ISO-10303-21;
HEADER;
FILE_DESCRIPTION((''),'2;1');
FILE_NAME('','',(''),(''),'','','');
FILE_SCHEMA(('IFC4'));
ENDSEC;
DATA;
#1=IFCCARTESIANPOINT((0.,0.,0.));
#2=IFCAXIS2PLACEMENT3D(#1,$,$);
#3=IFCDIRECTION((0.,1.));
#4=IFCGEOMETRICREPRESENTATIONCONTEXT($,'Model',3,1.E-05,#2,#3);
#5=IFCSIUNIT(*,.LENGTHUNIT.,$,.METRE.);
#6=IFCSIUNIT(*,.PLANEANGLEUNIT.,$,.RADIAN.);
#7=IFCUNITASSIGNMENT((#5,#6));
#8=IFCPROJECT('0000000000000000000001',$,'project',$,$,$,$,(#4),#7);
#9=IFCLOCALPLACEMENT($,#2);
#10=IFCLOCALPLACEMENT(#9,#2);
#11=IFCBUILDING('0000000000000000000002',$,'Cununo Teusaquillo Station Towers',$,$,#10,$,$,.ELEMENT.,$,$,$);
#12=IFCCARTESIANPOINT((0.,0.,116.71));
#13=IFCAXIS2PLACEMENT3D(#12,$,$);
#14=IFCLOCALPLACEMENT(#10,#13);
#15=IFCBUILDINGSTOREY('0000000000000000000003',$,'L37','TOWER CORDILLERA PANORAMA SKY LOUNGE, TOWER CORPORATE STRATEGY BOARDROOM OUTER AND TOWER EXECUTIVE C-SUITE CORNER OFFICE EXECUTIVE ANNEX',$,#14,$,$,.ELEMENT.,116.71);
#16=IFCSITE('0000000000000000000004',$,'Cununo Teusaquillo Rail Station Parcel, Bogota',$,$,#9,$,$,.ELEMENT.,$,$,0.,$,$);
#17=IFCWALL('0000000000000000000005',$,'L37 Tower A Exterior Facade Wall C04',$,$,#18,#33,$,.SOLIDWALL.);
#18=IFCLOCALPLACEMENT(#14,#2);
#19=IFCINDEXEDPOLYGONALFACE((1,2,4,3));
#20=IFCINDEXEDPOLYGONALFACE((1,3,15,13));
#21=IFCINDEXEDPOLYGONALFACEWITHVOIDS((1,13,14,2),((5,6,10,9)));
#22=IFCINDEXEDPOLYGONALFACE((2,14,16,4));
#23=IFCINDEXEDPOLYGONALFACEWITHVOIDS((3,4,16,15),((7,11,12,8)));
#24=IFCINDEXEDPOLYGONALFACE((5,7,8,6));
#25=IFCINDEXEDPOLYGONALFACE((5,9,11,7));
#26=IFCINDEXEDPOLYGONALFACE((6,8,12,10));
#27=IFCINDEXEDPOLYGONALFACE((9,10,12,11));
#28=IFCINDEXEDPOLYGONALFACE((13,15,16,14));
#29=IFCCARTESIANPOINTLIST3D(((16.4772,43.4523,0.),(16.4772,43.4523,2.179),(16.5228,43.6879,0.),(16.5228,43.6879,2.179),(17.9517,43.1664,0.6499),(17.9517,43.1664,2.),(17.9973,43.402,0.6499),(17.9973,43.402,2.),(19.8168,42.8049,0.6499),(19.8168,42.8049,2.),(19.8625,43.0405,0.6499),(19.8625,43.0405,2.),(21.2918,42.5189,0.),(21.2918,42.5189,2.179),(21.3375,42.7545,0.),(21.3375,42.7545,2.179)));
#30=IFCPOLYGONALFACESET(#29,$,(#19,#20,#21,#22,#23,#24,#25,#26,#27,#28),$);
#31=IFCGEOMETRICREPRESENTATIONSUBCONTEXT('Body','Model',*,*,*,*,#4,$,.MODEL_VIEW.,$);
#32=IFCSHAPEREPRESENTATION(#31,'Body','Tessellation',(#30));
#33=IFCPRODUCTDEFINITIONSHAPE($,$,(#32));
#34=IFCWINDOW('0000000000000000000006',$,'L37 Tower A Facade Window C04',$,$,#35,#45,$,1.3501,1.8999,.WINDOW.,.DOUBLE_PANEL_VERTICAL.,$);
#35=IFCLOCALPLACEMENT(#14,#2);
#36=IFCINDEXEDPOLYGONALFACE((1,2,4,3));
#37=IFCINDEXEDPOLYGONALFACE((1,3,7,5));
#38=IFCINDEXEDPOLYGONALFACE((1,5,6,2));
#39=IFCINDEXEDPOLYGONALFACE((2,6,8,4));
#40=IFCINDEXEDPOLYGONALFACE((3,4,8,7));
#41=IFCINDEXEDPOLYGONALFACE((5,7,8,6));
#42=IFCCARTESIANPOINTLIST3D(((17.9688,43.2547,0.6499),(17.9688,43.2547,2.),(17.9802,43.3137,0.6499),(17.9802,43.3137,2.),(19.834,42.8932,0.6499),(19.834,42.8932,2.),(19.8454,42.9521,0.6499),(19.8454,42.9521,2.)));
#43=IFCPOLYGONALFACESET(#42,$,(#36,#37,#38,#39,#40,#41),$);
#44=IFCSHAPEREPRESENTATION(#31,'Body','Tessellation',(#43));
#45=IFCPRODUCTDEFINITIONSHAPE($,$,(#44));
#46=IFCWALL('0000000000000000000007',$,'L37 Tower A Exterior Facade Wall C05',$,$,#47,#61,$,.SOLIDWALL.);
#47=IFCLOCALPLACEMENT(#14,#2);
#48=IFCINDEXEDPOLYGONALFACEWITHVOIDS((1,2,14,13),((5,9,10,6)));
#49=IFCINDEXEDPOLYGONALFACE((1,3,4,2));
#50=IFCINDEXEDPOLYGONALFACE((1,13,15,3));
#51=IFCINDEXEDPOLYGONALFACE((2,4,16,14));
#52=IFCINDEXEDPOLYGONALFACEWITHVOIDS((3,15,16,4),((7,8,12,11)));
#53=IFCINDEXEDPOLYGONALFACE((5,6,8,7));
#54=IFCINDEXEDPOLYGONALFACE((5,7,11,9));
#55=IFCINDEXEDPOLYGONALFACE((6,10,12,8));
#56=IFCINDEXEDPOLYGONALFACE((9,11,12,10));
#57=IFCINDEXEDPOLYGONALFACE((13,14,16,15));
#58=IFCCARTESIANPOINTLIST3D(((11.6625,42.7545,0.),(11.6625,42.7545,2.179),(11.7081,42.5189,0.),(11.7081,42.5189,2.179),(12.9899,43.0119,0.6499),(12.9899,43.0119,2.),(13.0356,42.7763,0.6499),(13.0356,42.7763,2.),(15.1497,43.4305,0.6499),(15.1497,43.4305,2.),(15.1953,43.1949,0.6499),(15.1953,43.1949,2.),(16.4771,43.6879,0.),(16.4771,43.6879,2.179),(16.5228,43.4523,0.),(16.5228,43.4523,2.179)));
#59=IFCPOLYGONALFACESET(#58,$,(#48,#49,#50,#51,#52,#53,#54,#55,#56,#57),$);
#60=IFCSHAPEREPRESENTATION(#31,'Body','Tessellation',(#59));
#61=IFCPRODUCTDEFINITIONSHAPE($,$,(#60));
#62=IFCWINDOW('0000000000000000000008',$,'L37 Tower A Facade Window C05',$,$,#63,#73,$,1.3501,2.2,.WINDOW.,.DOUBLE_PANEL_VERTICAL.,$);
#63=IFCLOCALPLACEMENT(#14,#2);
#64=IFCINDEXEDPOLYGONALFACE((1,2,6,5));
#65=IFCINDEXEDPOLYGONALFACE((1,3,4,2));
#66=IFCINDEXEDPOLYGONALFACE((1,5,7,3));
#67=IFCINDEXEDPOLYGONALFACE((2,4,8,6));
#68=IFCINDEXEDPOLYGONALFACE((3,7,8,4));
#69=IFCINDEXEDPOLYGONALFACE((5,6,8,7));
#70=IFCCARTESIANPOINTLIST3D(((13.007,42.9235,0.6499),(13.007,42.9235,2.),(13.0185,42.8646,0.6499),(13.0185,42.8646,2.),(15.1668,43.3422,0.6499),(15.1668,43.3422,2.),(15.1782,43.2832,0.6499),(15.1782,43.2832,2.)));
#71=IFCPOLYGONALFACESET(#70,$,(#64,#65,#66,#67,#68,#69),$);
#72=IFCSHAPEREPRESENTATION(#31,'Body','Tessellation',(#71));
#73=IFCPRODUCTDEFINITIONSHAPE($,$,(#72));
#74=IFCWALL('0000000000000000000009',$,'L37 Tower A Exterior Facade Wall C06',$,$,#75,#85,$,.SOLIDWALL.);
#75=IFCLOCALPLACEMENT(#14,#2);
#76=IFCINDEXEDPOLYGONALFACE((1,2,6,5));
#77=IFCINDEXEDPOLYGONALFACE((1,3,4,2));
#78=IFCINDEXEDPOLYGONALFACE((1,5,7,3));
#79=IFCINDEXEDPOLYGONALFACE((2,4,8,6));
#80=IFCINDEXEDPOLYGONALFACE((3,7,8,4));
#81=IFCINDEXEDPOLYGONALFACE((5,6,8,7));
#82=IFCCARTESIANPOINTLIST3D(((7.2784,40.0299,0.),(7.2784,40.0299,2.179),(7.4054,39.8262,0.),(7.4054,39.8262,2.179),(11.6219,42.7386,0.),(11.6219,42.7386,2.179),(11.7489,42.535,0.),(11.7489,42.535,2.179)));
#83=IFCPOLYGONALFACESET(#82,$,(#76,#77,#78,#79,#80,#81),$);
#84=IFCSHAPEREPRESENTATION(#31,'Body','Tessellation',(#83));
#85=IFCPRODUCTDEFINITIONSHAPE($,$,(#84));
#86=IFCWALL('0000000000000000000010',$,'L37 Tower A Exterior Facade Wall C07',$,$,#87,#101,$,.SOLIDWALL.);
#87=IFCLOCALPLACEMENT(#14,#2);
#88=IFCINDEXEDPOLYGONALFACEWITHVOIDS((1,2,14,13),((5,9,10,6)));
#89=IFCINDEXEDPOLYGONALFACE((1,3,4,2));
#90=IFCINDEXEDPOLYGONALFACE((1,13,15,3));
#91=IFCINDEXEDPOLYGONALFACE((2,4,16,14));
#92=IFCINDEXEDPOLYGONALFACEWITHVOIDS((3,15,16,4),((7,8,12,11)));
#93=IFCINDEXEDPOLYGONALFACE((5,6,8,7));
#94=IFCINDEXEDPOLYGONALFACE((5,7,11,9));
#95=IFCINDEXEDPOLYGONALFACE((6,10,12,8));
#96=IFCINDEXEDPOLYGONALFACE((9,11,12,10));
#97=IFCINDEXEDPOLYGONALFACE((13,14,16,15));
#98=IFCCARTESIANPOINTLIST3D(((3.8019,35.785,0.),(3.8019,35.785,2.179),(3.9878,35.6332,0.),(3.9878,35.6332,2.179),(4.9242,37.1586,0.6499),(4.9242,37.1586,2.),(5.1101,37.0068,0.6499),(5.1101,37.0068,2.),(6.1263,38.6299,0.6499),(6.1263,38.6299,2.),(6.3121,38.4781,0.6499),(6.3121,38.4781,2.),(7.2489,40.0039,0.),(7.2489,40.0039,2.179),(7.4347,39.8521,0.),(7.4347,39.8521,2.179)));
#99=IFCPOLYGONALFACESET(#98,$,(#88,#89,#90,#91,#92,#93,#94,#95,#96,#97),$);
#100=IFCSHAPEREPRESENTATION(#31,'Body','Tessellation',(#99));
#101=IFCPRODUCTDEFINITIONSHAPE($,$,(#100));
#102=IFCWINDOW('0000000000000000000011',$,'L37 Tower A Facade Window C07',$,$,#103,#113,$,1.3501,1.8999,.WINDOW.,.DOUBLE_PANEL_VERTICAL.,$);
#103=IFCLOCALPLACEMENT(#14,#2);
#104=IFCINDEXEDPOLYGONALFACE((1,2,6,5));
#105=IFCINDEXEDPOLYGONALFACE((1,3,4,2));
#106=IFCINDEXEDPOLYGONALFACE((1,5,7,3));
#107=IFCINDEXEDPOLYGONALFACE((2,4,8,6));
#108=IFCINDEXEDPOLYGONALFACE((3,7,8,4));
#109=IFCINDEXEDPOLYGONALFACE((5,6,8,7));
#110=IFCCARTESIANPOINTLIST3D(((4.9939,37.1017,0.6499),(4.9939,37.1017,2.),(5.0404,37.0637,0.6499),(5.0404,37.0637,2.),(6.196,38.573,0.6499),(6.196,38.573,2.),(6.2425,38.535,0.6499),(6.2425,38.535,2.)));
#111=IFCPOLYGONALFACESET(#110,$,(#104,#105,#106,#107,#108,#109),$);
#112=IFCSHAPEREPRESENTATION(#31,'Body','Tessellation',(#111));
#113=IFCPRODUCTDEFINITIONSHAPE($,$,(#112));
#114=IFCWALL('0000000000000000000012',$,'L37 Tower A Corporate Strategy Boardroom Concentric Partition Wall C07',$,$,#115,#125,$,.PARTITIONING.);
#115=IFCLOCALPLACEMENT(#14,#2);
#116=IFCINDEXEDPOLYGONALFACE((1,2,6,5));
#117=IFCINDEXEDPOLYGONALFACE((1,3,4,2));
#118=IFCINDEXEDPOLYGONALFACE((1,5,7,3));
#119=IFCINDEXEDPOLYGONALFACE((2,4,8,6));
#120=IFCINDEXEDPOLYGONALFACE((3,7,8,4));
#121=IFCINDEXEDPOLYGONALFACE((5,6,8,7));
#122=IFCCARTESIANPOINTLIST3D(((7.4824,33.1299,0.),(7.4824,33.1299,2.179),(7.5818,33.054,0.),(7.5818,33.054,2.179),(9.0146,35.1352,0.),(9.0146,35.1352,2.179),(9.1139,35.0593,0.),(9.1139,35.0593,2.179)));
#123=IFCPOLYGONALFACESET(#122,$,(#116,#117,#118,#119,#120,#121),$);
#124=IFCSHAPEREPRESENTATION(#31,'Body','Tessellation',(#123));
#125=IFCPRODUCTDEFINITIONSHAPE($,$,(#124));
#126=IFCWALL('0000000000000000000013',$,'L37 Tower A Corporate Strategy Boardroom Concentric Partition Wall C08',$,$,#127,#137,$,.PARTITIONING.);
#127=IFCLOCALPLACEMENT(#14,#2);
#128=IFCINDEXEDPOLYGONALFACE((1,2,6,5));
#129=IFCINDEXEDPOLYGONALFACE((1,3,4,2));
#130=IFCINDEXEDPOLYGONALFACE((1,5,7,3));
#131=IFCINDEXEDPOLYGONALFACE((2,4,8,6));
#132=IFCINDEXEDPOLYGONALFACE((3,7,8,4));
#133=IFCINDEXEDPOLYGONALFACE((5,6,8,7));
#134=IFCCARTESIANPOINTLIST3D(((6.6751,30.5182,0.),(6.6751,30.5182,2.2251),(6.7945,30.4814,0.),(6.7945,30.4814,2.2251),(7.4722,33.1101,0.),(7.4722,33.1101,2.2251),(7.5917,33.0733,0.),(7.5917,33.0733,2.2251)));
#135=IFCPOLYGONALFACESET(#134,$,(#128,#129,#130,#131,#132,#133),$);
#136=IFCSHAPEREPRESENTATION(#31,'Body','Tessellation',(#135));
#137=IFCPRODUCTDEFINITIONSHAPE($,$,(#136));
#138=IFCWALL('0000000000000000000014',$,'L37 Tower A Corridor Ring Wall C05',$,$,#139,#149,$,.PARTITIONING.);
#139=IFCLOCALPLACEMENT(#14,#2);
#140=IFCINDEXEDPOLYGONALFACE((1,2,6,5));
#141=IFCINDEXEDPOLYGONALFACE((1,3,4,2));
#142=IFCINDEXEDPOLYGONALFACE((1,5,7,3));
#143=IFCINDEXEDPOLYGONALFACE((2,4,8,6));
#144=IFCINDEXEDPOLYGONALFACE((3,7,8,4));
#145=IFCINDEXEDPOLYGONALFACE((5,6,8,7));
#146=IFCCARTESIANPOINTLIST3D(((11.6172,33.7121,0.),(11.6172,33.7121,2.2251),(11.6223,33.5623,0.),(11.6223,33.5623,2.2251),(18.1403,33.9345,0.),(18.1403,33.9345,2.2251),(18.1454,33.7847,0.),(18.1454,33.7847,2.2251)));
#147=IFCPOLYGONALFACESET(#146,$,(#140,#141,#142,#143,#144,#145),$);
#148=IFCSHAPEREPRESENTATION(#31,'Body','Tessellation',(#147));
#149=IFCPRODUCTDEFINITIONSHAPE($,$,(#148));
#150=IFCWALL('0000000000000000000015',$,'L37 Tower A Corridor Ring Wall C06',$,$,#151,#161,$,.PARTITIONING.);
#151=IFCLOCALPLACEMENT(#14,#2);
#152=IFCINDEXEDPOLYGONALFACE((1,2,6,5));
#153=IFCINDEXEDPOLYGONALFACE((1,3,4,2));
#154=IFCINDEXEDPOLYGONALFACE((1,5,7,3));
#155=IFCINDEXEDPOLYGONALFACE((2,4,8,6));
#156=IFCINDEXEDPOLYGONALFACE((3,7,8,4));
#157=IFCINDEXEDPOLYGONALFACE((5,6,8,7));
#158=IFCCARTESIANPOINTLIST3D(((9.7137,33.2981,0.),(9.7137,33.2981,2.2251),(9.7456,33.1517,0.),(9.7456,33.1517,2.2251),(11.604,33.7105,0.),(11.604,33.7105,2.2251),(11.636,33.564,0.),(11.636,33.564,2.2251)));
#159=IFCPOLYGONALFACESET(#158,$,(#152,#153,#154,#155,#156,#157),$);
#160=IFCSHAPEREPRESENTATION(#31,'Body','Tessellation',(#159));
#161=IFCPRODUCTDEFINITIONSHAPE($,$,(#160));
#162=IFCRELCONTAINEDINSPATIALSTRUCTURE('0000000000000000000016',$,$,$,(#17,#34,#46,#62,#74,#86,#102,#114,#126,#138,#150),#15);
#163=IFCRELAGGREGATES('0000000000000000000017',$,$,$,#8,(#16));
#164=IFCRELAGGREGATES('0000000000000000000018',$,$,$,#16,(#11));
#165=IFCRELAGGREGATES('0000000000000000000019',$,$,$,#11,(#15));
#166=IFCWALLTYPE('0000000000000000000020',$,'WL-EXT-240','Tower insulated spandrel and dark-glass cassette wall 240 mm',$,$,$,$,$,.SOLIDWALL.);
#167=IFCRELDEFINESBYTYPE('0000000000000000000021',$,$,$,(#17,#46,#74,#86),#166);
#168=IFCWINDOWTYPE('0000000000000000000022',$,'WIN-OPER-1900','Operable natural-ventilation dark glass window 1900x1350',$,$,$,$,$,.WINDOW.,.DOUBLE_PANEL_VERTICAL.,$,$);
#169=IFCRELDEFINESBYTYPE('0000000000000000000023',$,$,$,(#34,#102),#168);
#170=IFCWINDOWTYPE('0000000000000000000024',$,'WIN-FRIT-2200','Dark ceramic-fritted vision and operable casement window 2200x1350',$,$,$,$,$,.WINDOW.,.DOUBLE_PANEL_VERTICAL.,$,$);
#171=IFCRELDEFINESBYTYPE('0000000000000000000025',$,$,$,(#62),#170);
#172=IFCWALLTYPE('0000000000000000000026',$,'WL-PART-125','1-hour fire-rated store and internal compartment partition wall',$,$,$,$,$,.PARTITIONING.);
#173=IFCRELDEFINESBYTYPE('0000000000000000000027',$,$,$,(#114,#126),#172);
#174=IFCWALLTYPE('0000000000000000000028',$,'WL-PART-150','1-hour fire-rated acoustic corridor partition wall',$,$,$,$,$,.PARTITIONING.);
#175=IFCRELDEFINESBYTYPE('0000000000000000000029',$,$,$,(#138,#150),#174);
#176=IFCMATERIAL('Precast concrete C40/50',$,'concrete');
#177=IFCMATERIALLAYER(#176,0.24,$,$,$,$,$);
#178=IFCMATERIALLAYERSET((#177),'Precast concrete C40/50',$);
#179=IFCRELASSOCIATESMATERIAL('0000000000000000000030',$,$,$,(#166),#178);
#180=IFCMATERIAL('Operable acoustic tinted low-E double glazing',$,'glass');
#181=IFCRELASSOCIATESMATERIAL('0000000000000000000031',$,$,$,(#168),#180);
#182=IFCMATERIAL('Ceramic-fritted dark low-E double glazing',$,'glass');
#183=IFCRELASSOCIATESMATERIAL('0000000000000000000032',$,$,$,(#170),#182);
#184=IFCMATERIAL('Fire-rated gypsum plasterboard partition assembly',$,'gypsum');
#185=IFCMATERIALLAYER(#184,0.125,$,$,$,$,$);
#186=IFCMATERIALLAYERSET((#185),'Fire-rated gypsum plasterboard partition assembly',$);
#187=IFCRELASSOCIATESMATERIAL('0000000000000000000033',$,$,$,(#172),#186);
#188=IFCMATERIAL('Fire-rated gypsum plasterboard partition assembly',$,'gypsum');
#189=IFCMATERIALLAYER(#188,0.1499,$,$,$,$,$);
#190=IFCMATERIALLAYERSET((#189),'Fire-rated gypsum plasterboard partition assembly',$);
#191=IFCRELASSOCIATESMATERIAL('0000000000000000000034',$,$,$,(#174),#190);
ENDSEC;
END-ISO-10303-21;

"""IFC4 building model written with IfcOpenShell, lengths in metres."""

from ifc_helpers import new_model, si_unit, direction, frame, frame_2d, origin, place, context, subcontext, project, spatial, rectangle, extrude, source, transform, mapped, material, layer, layer_set, type_object, element, fill, save


model = new_model("IFC4")

# Units and contexts
model_context = context("Model", 3, precision=1e-05, world=origin(), true_north=direction((0.0, 1.0)))
body_context = subcontext(model_context, "Body", "Model", "MODEL_VIEW")
ifc_project = project(units=[si_unit("LENGTHUNIT", "METRE"), si_unit("PLANEANGLEUNIT", "RADIAN")], contexts=[model_context])

# Site, building, storey
site_placement = place(None, origin())
site = spatial("IfcSite", under=ifc_project, at=site_placement, Name="Cununo Teusaquillo Rail Station Parcel, Bogota", CompositionType="ELEMENT", RefElevation=0.0)
building_placement = place(site_placement, origin())
building = spatial("IfcBuilding", under=site, at=building_placement, Name="Cununo Teusaquillo Station Towers", CompositionType="ELEMENT")
storey_placement = place(building_placement, frame((0.0, 0.0, 116.71)))
storey = spatial("IfcBuildingStorey", under=building, at=storey_placement, Name="L37", Description="TOWER CORDILLERA PANORAMA SKY LOUNGE, TOWER CORPORATE STRATEGY BOARDROOM OUTER AND TOWER EXECUTIVE C-SUITE CORNER OFFICE EXECUTIVE ANNEX", CompositionType="ELEMENT", Elevation=116.71)

# Walls, openings, windows
ifc_material_1 = material(Name="Precast concrete C40/50", Category="concrete")
ifc_layer_1 = layer(ifc_material_1, 0.24)
ifc_layer_set_1 = layer_set([ifc_layer_1], Name="Precast concrete C40/50")
wall_type_1 = type_object("IfcWallType", Name="WL-EXT-240", Description="Tower insulated spandrel and dark-glass cassette wall 240 mm", PredefinedType="SOLIDWALL", material=ifc_layer_set_1)
wall_1_placement = place(storey_placement, frame((16.5, 43.5701, 0.0), z_axis=(0.0, 0.0, 1.0), x_axis=(0.981724, -0.190311, 0.0)))
wall_1 = element("IfcWall", 1, at=wall_1_placement, inside=storey, type_object=wall_type_1, Name="L37 Tower A Exterior Facade Wall C04", PredefinedType="SOLIDWALL", context=body_context, shape_type="SweptSolid", body=[
    extrude(rectangle(XDim=4.9043, YDim=0.24, at=frame_2d((2.4521, 0.0))), origin(), (0.0, 0.0, 1.0), 2.179),
])
shared_shape_1 = source(origin(), body_context, "Body", "SweptSolid", [
    extrude(rectangle(XDim=1.8999, YDim=1.3501, at=frame_2d((0.95, 0.675))), frame((0.0, 0.1299, 0.0), z_axis=(0.0, -1.0, 0.0), x_axis=(1.0, 0.0, 0.0)), (0.0, 0.0, 1.0), 0.26),
])
opening_1_placement = place(wall_1_placement, frame((1.502, 0.0, 0.6499)))
opening_1 = element("IfcOpeningElement", 2, at=opening_1_placement, cuts=wall_1, PredefinedType="OPENING", context=body_context, shape_type="MappedRepresentation", body=[
    mapped(shared_shape_1, transform((0.0, 0.0, 0.0), x_axis=(1.0, 0.0, 0.0), y_axis=(0.0, 1.0, 0.0), z_axis=(0.0, 0.0, 1.0), scale=1.0)),
])
ifc_material_2 = material(Name="Operable acoustic tinted low-E double glazing", Category="glass")
window_type_1 = type_object("IfcWindowType", Name="WIN-OPER-1900", Description="Operable natural-ventilation dark glass window 1900x1350", PartitioningType="DOUBLE_PANEL_VERTICAL", PredefinedType="WINDOW", material=ifc_material_2)
shared_shape_2 = source(origin(), body_context, "Body", "SweptSolid", [
    extrude(rectangle(XDim=1.8999, YDim=1.3501, at=frame_2d((0.95, 0.675))), frame((0.0, 0.03, 0.0), z_axis=(0.0, -1.0, 0.0), x_axis=(1.0, 0.0, 0.0)), (0.0, 0.0, 1.0), 0.0601),
])
window_1_placement = place(opening_1_placement, origin())
window_1 = element("IfcWindow", 3, at=window_1_placement, inside=storey, type_object=window_type_1, Name="L37 Tower A Facade Window C04", OverallHeight=1.3501, OverallWidth=1.8999, PartitioningType="DOUBLE_PANEL_VERTICAL", PredefinedType="WINDOW", context=body_context, shape_type="MappedRepresentation", body=[
    mapped(shared_shape_2, transform((0.0, 0.0, 0.0), x_axis=(1.0, 0.0, 0.0), y_axis=(0.0, 1.0, 0.0), z_axis=(0.0, 0.0, 1.0), scale=1.0)),
])
fill(opening_1, window_1)
wall_2_placement = place(storey_placement, frame((11.6853, 42.6367, 0.0), z_axis=(0.0, 0.0, 1.0), x_axis=(0.981724, 0.190311, 0.0)))
wall_2 = element("IfcWall", 4, at=wall_2_placement, inside=storey, type_object=wall_type_1, Name="L37 Tower A Exterior Facade Wall C05", PredefinedType="SOLIDWALL", context=body_context, shape_type="SweptSolid", body=[
    extrude(rectangle(XDim=4.9043, YDim=0.24, at=frame_2d((2.4521, 0.0))), origin(), (0.0, 0.0, 1.0), 2.179),
])
shared_shape_3 = source(origin(), body_context, "Body", "SweptSolid", [
    extrude(rectangle(XDim=2.2, YDim=1.3501, at=frame_2d((1.1001, 0.675))), frame((0.0, 0.1299, 0.0), z_axis=(0.0, -1.0, 0.0), x_axis=(1.0, 0.0, 0.0)), (0.0, 0.0, 1.0), 0.26),
])
opening_2_placement = place(wall_2_placement, frame((1.3521, 0.0, 0.6499)))
opening_2 = element("IfcOpeningElement", 5, at=opening_2_placement, cuts=wall_2, PredefinedType="OPENING", context=body_context, shape_type="MappedRepresentation", body=[
    mapped(shared_shape_3, transform((0.0, 0.0, 0.0), x_axis=(1.0, 0.0, 0.0), y_axis=(0.0, 1.0, 0.0), z_axis=(0.0, 0.0, 1.0), scale=1.0)),
])
ifc_material_3 = material(Name="Ceramic-fritted dark low-E double glazing", Category="glass")
window_type_2 = type_object("IfcWindowType", Name="WIN-FRIT-2200", Description="Dark ceramic-fritted vision and operable casement window 2200x1350", PartitioningType="DOUBLE_PANEL_VERTICAL", PredefinedType="WINDOW", material=ifc_material_3)
shared_shape_4 = source(origin(), body_context, "Body", "SweptSolid", [
    extrude(rectangle(XDim=2.2, YDim=1.3501, at=frame_2d((1.1001, 0.675))), frame((0.0, 0.03, 0.0), z_axis=(0.0, -1.0, 0.0), x_axis=(1.0, 0.0, 0.0)), (0.0, 0.0, 1.0), 0.0601),
])
window_2_placement = place(opening_2_placement, origin())
window_2 = element("IfcWindow", 6, at=window_2_placement, inside=storey, type_object=window_type_2, Name="L37 Tower A Facade Window C05", OverallHeight=1.3501, OverallWidth=2.2, PartitioningType="DOUBLE_PANEL_VERTICAL", PredefinedType="WINDOW", context=body_context, shape_type="MappedRepresentation", body=[
    mapped(shared_shape_4, transform((0.0, 0.0, 0.0), x_axis=(1.0, 0.0, 0.0), y_axis=(0.0, 1.0, 0.0), z_axis=(0.0, 0.0, 1.0), scale=1.0)),
])
fill(opening_2, window_2)

# Wall
wall_3_placement = place(storey_placement, frame((7.3418, 39.928, 0.0), z_axis=(0.0, 0.0, 1.0), x_axis=(0.84852, 0.529163, 0.0)))
element("IfcWall", 7, at=wall_3_placement, inside=storey, type_object=wall_type_1, Name="L37 Tower A Exterior Facade Wall C06", PredefinedType="SOLIDWALL", context=body_context, shape_type="SweptSolid", body=[
    extrude(rectangle(XDim=5.1189, YDim=0.24, at=frame_2d((2.5596, 0.0))), origin(), (0.0, 0.0, 1.0), 2.179),
])

# Wall, opening, window
wall_4_placement = place(storey_placement, frame((3.8948, 35.709, 0.0), z_axis=(0.0, 0.0, 1.0), x_axis=(0.632701, 0.774396, 0.0)))
wall_4 = element("IfcWall", 8, at=wall_4_placement, inside=storey, type_object=wall_type_1, Name="L37 Tower A Exterior Facade Wall C07", PredefinedType="SOLIDWALL", context=body_context, shape_type="SweptSolid", body=[
    extrude(rectangle(XDim=5.448, YDim=0.24, at=frame_2d((2.7241, 0.0))), origin(), (0.0, 0.0, 1.0), 2.179),
])
opening_3_placement = place(wall_4_placement, frame((1.7739, 0.0, 0.6499)))
opening_3 = element("IfcOpeningElement", 9, at=opening_3_placement, cuts=wall_4, PredefinedType="OPENING", context=body_context, shape_type="MappedRepresentation", body=[
    mapped(shared_shape_1, transform((0.0, 0.0, 0.0), x_axis=(1.0, 0.0, 0.0), y_axis=(0.0, 1.0, 0.0), z_axis=(0.0, 0.0, 1.0), scale=1.0)),
])
window_3_placement = place(opening_3_placement, origin())
window_3 = element("IfcWindow", 10, at=window_3_placement, inside=storey, type_object=window_type_1, Name="L37 Tower A Facade Window C07", OverallHeight=1.3501, OverallWidth=1.8999, PartitioningType="DOUBLE_PANEL_VERTICAL", PredefinedType="WINDOW", context=body_context, shape_type="MappedRepresentation", body=[
    mapped(shared_shape_2, transform((0.0, 0.0, 0.0), x_axis=(1.0, 0.0, 0.0), y_axis=(0.0, 1.0, 0.0), z_axis=(0.0, 0.0, 1.0), scale=1.0)),
])
fill(opening_3, window_3)

# Walls
ifc_material_4 = material(Name="Fire-rated gypsum plasterboard partition assembly", Category="gypsum")
ifc_layer_2 = layer(ifc_material_4, 0.125)
ifc_layer_set_2 = layer_set([ifc_layer_2], Name="Fire-rated gypsum plasterboard partition assembly")
wall_type_2 = type_object("IfcWallType", Name="WL-PART-125", Description="1-hour fire-rated store and internal compartment partition wall", PredefinedType="PARTITIONING", material=ifc_layer_set_2)
wall_5_placement = place(storey_placement, frame((9.0642, 35.0972, 0.0), z_axis=(0.0, 0.0, 1.0), x_axis=(-0.607127, -0.794605, 0.0)))
element("IfcWall", 11, at=wall_5_placement, inside=storey, type_object=wall_type_2, Name="L37 Tower A Corporate Strategy Boardroom Concentric Partition Wall C07", PredefinedType="PARTITIONING", context=body_context, shape_type="SweptSolid", body=[
    extrude(rectangle(XDim=2.5237, YDim=0.125, at=frame_2d((1.2617, 0.0))), origin(), (0.0, 0.0, 1.0), 2.179),
])
wall_6_placement = place(storey_placement, frame((7.532, 33.0918, 0.0), z_axis=(0.0, 0.0, 1.0), x_axis=(-0.293966, -0.955816, 0.0)))
element("IfcWall", 12, at=wall_6_placement, inside=storey, type_object=wall_type_2, Name="L37 Tower A Corporate Strategy Boardroom Concentric Partition Wall C08", PredefinedType="PARTITIONING", context=body_context, shape_type="SweptSolid", body=[
    extrude(rectangle(XDim=2.7117, YDim=0.125, at=frame_2d((1.356, 0.0))), origin(), (0.0, 0.0, 1.0), 2.2251),
])
ifc_material_5 = material(Name="Fire-rated gypsum plasterboard partition assembly", Category="gypsum")
ifc_layer_3 = layer(ifc_material_5, 0.1499)
ifc_layer_set_3 = layer_set([ifc_layer_3], Name="Fire-rated gypsum plasterboard partition assembly")
wall_type_3 = type_object("IfcWallType", Name="WL-PART-150", Description="1-hour fire-rated acoustic corridor partition wall", PredefinedType="PARTITIONING", material=ifc_layer_set_3)
wall_7_placement = place(storey_placement, frame((18.1428, 33.8596, 0.0), z_axis=(0.0, 0.0, 1.0), x_axis=(-0.999419, -0.034077, 0.0)))
element("IfcWall", 13, at=wall_7_placement, inside=storey, type_object=wall_type_3, Name="L37 Tower A Corridor Ring Wall C05", PredefinedType="PARTITIONING", context=body_context, shape_type="SweptSolid", body=[
    extrude(rectangle(XDim=6.5269, YDim=0.1499, at=frame_2d((3.2634, 0.0))), origin(), (0.0, 0.0, 1.0), 2.2251),
])
wall_8_placement = place(storey_placement, frame((11.6199, 33.6372, 0.0), z_axis=(0.0, 0.0, 1.0), x_axis=(-0.977026, -0.213121, 0.0)))
element("IfcWall", 14, at=wall_8_placement, inside=storey, type_object=wall_type_3, Name="L37 Tower A Corridor Ring Wall C06", PredefinedType="PARTITIONING", context=body_context, shape_type="SweptSolid", body=[
    extrude(rectangle(XDim=1.9348, YDim=0.1499, at=frame_2d((0.9673, 0.0))), origin(), (0.0, 0.0, 1.0), 2.2251),
])

save(model, "model.ifc")
